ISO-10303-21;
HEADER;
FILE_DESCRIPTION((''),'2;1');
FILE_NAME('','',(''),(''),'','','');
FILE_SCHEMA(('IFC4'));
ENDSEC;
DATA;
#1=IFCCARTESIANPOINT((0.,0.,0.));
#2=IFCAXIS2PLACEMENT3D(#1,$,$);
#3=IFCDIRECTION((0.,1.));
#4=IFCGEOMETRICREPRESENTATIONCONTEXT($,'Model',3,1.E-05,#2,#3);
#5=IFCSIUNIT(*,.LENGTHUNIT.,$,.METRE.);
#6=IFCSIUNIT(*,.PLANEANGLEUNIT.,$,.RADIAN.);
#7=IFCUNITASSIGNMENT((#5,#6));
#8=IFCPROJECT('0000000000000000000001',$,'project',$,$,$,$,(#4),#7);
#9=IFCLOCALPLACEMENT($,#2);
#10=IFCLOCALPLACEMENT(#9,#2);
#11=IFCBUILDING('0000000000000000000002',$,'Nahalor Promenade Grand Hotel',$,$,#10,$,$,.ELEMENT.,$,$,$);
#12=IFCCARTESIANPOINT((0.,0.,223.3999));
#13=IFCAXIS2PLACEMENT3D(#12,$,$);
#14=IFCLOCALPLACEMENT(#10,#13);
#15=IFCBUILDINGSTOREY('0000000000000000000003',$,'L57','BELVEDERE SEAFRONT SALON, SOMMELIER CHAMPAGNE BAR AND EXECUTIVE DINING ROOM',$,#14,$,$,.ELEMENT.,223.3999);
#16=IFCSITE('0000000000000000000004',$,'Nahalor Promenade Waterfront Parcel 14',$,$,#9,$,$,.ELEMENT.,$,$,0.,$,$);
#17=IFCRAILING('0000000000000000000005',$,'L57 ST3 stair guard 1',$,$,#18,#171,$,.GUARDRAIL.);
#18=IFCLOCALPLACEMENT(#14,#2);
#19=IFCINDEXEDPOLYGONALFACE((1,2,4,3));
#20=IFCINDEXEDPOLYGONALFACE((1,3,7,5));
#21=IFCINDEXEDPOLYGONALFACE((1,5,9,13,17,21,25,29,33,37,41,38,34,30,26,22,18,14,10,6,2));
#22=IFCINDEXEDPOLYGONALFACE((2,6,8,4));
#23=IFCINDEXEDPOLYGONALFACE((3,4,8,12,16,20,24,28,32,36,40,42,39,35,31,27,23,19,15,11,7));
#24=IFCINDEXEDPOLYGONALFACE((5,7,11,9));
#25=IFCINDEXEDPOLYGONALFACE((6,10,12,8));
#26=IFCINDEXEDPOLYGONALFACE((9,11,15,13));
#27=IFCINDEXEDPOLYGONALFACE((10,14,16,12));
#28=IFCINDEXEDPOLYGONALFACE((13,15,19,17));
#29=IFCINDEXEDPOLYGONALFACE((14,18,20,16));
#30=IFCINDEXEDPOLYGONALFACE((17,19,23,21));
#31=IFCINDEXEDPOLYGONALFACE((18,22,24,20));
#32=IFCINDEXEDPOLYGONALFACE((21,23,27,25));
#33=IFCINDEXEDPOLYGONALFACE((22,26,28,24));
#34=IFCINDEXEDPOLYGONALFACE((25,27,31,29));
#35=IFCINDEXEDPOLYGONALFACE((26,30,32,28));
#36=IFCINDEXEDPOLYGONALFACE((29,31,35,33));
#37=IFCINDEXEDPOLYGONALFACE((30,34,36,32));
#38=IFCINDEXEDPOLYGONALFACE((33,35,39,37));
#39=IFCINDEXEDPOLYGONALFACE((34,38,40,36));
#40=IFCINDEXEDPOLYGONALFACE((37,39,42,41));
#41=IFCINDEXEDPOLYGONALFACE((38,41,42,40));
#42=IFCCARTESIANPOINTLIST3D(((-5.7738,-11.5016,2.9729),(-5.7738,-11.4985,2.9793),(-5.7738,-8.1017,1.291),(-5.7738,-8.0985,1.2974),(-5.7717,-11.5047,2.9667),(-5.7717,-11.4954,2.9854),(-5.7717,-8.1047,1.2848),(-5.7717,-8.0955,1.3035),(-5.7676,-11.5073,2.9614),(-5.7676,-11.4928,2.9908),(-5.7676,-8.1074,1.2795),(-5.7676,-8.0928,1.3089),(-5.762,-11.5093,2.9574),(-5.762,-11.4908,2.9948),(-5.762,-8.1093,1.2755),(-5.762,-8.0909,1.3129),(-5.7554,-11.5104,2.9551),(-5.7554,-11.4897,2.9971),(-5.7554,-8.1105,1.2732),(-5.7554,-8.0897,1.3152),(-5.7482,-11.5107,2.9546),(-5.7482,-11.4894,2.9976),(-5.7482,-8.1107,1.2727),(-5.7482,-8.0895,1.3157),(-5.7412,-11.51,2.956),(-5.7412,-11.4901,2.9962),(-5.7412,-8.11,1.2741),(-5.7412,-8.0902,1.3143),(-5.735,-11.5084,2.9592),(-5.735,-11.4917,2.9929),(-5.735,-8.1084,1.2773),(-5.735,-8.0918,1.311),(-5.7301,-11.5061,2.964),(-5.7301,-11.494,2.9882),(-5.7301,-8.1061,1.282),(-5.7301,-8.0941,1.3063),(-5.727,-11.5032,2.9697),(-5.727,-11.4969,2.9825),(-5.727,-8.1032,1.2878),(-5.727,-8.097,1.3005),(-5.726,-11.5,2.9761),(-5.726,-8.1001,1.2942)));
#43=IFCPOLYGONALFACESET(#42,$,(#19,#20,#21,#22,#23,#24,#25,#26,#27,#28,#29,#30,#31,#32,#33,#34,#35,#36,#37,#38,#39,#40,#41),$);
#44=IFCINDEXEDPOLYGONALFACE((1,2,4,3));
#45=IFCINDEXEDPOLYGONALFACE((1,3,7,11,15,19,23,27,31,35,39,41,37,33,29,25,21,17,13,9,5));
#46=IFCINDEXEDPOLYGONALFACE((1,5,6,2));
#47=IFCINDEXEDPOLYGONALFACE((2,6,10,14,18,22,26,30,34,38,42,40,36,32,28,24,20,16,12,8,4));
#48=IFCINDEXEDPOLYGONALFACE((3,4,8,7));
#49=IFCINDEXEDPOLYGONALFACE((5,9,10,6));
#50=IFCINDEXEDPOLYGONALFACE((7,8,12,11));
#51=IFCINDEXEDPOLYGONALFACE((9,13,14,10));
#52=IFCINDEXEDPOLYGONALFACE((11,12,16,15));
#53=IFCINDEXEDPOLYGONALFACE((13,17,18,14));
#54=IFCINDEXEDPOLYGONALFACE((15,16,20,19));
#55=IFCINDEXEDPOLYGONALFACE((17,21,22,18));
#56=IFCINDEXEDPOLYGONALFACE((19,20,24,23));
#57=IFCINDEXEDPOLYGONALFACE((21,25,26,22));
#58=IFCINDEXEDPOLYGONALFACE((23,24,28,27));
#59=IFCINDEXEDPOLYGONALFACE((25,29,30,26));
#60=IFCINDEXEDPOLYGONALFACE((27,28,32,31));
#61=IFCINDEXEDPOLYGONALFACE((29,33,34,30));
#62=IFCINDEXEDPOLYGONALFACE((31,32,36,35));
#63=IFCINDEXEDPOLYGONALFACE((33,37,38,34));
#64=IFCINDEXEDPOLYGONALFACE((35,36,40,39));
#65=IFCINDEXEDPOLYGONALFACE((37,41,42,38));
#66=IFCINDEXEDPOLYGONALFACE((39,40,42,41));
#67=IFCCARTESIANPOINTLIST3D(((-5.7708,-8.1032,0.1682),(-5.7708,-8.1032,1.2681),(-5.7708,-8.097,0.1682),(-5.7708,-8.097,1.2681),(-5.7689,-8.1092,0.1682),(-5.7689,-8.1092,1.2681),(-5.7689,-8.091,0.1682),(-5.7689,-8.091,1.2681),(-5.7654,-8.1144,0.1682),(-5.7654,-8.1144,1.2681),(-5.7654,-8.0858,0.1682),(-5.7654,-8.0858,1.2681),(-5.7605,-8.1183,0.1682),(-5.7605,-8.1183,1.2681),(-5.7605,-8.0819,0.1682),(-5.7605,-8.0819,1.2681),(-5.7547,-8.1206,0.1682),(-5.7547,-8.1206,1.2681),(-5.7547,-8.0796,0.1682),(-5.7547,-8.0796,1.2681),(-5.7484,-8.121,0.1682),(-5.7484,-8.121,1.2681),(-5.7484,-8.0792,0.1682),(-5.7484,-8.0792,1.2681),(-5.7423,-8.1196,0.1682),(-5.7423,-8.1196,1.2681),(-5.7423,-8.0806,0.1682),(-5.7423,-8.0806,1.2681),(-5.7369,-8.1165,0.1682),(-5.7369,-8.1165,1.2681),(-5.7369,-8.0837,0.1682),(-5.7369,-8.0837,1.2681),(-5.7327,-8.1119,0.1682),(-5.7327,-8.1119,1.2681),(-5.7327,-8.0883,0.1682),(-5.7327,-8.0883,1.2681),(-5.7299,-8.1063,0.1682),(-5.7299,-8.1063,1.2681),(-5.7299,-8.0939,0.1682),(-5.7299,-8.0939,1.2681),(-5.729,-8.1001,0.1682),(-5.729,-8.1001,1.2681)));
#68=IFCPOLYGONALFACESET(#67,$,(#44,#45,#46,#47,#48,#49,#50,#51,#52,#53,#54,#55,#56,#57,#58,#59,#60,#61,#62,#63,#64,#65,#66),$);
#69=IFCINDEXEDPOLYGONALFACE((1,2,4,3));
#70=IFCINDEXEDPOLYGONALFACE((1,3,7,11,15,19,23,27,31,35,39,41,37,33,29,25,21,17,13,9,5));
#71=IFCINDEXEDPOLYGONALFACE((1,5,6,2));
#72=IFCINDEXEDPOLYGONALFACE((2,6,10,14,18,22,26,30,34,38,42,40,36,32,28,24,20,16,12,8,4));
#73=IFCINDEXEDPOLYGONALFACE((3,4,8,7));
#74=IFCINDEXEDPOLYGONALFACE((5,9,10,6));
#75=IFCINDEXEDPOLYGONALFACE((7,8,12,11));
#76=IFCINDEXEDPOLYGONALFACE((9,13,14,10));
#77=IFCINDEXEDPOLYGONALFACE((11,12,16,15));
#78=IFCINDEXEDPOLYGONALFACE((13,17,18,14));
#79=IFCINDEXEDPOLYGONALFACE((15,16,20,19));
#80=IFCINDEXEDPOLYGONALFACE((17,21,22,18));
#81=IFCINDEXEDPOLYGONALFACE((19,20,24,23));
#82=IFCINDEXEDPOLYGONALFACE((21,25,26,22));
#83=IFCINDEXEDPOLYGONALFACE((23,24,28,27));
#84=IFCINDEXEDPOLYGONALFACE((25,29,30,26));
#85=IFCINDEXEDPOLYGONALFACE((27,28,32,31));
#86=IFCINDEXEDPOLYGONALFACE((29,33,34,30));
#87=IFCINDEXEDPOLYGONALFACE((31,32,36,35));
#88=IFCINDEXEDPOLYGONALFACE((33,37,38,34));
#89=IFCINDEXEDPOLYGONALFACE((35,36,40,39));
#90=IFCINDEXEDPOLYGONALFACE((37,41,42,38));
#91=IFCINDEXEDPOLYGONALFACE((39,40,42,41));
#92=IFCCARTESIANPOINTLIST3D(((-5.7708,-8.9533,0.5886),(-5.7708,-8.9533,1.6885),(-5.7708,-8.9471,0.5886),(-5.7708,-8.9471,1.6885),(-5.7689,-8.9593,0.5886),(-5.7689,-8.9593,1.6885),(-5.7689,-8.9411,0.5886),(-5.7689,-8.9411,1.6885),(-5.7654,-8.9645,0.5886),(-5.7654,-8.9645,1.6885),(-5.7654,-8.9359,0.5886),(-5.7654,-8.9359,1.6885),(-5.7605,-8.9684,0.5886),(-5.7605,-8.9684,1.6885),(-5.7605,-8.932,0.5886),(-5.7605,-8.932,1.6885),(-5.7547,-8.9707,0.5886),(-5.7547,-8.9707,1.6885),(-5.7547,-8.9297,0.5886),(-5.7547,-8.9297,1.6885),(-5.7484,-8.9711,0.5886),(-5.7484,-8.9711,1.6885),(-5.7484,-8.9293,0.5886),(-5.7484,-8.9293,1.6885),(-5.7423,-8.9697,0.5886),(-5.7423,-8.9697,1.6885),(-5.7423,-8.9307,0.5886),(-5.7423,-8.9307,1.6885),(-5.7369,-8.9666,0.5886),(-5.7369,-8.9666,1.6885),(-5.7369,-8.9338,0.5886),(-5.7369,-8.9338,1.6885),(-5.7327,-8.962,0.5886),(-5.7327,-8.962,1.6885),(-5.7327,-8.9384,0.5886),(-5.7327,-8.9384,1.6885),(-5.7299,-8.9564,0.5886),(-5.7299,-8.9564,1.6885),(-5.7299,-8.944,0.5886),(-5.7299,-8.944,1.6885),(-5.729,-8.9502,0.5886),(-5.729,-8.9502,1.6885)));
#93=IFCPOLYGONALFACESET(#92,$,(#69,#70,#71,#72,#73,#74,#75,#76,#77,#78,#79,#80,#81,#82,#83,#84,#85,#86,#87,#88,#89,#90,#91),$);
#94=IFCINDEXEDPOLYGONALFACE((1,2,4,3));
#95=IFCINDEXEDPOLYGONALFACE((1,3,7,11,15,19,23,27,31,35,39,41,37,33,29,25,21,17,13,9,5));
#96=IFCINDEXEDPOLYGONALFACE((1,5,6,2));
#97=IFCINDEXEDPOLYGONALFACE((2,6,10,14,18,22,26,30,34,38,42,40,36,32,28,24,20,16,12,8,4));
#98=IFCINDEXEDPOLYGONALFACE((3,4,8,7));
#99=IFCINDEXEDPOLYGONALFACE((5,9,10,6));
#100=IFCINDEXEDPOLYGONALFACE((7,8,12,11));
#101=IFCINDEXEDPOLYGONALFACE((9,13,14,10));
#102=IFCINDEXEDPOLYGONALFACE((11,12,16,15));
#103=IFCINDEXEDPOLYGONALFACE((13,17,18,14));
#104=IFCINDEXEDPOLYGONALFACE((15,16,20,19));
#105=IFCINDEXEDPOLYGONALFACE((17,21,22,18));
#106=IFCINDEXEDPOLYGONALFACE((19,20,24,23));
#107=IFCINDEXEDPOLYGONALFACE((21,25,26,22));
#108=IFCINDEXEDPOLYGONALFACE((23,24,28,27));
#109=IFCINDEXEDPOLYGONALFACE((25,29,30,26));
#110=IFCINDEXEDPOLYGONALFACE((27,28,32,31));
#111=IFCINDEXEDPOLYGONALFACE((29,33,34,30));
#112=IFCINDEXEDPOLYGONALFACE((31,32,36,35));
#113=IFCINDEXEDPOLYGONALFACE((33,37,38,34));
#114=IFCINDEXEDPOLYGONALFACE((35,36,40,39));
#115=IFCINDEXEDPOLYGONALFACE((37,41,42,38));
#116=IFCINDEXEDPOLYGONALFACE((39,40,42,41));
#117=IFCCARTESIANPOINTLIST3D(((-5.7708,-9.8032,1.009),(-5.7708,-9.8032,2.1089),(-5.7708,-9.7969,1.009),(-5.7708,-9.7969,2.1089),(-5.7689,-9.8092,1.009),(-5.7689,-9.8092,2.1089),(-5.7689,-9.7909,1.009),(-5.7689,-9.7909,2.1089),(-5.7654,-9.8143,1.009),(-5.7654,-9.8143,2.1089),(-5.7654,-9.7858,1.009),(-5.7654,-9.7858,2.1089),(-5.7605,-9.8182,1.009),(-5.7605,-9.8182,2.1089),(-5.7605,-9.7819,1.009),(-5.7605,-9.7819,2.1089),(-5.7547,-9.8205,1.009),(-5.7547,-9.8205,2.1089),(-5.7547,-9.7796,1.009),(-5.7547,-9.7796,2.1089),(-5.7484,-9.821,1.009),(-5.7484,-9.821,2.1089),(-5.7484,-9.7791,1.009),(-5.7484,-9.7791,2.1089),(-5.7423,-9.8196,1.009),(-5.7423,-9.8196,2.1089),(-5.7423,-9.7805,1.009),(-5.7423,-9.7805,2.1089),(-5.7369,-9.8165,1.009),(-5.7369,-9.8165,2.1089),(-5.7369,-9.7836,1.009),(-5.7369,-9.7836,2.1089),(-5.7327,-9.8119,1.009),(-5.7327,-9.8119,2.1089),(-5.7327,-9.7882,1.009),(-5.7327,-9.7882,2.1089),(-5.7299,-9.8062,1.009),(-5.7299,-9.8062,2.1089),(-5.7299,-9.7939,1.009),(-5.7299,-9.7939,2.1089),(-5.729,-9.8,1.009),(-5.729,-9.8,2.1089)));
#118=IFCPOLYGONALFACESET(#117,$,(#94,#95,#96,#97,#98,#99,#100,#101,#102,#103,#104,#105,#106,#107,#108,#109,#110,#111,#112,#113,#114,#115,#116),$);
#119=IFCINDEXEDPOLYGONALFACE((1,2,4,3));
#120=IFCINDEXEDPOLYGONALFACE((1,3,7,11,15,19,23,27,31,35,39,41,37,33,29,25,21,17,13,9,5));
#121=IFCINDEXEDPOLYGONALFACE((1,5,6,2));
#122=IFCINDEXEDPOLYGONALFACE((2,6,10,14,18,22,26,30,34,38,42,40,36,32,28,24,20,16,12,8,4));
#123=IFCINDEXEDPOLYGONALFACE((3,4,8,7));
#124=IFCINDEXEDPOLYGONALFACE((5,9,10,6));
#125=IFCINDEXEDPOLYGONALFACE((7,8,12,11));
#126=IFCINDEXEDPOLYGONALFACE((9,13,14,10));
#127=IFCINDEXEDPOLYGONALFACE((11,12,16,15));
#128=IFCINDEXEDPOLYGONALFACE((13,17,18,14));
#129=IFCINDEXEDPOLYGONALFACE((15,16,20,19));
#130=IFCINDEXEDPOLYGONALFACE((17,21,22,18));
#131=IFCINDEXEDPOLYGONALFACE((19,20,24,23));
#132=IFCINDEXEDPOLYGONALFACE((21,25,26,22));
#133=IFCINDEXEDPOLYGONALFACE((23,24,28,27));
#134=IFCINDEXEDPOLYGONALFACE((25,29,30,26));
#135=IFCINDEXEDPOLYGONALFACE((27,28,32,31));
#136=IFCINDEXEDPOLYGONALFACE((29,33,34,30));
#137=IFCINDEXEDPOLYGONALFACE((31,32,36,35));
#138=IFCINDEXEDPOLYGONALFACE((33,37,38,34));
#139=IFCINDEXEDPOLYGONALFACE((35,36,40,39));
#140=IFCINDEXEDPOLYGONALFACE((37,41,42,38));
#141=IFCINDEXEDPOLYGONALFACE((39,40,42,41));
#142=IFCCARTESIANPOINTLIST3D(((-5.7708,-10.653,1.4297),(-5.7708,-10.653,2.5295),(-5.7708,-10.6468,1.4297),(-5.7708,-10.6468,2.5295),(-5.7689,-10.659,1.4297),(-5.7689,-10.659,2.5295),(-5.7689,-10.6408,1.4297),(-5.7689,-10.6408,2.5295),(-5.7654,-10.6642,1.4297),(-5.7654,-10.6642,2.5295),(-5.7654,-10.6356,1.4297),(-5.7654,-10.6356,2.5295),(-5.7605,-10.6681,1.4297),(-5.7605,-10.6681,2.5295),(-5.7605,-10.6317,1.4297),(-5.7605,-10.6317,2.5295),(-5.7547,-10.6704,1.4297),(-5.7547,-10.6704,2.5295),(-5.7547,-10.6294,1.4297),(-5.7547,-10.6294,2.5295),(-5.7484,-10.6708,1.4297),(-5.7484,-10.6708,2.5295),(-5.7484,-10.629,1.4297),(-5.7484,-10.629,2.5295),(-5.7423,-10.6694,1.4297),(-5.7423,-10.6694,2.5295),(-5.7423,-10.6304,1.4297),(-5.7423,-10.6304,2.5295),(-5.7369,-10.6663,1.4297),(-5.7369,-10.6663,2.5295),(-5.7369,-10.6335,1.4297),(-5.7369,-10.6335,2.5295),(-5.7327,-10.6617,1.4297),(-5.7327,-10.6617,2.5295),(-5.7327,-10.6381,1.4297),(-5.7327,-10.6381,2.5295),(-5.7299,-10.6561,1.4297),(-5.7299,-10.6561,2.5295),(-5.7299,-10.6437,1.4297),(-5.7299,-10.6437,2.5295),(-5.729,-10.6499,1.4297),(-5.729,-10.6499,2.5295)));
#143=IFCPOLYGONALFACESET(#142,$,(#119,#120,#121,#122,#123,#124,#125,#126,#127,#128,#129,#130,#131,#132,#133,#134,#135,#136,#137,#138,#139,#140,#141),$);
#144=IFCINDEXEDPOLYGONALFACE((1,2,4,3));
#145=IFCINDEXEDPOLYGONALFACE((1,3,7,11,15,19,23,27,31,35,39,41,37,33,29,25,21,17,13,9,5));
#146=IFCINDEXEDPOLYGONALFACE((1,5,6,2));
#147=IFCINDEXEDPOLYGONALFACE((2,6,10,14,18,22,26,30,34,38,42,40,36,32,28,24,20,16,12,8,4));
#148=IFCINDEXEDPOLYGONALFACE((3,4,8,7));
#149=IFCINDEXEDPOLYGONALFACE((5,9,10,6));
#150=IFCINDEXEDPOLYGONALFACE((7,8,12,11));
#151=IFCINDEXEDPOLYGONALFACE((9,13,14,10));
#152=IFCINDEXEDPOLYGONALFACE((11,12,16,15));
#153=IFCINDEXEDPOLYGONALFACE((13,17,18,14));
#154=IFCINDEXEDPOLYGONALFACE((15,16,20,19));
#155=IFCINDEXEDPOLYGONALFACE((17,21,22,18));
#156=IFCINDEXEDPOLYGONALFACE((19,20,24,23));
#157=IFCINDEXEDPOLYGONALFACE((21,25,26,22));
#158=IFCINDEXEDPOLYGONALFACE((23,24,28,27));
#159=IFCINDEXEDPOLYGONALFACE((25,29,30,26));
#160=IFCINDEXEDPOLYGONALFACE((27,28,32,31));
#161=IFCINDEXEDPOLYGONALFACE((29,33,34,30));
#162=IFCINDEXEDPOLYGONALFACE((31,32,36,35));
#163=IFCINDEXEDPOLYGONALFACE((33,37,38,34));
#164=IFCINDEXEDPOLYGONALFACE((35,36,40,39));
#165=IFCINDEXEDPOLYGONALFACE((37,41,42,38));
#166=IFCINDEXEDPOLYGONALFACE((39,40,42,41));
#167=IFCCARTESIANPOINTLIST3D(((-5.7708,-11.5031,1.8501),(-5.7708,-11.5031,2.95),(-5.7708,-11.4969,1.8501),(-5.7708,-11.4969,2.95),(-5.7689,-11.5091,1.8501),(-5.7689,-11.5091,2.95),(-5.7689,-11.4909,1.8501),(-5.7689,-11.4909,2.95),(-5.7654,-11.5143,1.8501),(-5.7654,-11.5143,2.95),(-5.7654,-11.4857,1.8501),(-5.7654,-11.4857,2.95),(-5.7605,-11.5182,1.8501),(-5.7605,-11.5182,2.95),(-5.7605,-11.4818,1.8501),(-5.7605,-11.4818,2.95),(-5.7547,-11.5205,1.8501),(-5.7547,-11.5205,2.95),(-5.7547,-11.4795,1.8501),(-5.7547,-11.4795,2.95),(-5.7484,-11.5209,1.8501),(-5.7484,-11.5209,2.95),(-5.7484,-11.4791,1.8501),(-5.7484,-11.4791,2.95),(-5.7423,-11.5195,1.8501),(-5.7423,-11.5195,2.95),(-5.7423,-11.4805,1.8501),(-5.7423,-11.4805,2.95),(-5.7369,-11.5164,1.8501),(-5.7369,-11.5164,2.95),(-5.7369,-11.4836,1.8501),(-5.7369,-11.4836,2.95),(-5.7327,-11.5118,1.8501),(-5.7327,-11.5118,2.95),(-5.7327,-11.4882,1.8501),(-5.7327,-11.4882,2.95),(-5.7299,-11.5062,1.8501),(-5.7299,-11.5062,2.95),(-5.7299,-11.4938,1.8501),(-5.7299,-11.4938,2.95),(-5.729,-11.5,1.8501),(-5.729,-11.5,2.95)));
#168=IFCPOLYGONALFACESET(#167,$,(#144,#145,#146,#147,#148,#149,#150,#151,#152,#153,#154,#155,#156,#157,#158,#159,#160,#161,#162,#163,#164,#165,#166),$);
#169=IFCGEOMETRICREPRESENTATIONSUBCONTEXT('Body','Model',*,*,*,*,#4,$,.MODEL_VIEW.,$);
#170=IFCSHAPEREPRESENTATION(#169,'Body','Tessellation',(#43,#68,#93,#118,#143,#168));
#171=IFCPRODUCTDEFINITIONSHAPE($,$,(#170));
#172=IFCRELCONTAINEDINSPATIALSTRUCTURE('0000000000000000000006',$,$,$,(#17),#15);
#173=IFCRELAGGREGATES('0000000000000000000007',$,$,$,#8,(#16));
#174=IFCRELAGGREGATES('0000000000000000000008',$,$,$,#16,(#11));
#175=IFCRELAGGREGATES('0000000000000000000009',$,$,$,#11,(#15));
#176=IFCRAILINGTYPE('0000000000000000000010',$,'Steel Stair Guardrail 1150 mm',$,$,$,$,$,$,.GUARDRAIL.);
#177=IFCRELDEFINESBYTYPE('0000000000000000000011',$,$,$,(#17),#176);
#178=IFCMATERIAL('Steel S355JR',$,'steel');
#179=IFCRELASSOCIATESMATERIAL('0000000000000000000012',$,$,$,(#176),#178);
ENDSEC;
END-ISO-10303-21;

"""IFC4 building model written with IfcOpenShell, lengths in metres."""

from ifc_helpers import new_model, si_unit, direction, frame, origin, origin_2d, place, context, subcontext, project, spatial, circle, extrude, material, type_object, element, save


model = new_model("IFC4")

# Units and contexts
model_context = context("Model", 3, precision=1e-05, world=origin(), true_north=direction((0.0, 1.0)))
body_context = subcontext(model_context, "Body", "Model", "MODEL_VIEW")
ifc_project = project(units=[si_unit("LENGTHUNIT", "METRE"), si_unit("PLANEANGLEUNIT", "RADIAN")], contexts=[model_context])

# Site, building, storey
site_placement = place(None, origin())
site = spatial("IfcSite", under=ifc_project, at=site_placement, Name="Nahalor Promenade Waterfront Parcel 14", CompositionType="ELEMENT", RefElevation=0.0)
building_placement = place(site_placement, origin())
building = spatial("IfcBuilding", under=site, at=building_placement, Name="Nahalor Promenade Grand Hotel", CompositionType="ELEMENT")
storey_placement = place(building_placement, frame((0.0, 0.0, 223.3999)))
storey = spatial("IfcBuildingStorey", under=building, at=storey_placement, Name="L57", Description="BELVEDERE SEAFRONT SALON, SOMMELIER CHAMPAGNE BAR AND EXECUTIVE DINING ROOM", CompositionType="ELEMENT", Elevation=223.3999)

# Shared definitions
ifc_material_1 = material(Name="Steel S355JR", Category="steel")

# Railing
railing_type_1 = type_object("IfcRailingType", Name="Steel Stair Guardrail 1150 mm", PredefinedType="GUARDRAIL", material=ifc_material_1)
railing_1_placement = place(storey_placement, frame((-5.75, -8.1001, 0.1682)))
element("IfcRailing", 1, at=railing_1_placement, inside=storey, type_object=railing_type_1, Name="L57 ST3 stair guard 1", PredefinedType="GUARDRAIL", context=body_context, shape_type="SweptSolid", body=[
    extrude(circle(Radius=0.024, at=origin_2d()), frame((0.0, 0.0, 1.126), z_axis=(0.0, -0.896324, 0.443399), x_axis=(1.0, 0.0, 0.0)), (0.0, 0.0, 1.0), 3.7932),
    extrude(circle(Radius=0.021, at=origin_2d()), origin(), (0.0, 0.0, 1.0), 1.0999),
    extrude(circle(Radius=0.021, at=origin_2d()), frame((0.0, -0.8501, 0.4204)), (0.0, 0.0, 1.0), 1.0999),
    extrude(circle(Radius=0.021, at=origin_2d()), frame((0.0, -1.7, 0.8408)), (0.0, 0.0, 1.0), 1.0999),
    extrude(circle(Radius=0.021, at=origin_2d()), frame((0.0, -2.5498, 1.2615)), (0.0, 0.0, 1.0), 1.0999),
    extrude(circle(Radius=0.021, at=origin_2d()), frame((0.0, -3.3999, 1.6819)), (0.0, 0.0, 1.0), 1.0999),
])

save(model, "model.ifc")
